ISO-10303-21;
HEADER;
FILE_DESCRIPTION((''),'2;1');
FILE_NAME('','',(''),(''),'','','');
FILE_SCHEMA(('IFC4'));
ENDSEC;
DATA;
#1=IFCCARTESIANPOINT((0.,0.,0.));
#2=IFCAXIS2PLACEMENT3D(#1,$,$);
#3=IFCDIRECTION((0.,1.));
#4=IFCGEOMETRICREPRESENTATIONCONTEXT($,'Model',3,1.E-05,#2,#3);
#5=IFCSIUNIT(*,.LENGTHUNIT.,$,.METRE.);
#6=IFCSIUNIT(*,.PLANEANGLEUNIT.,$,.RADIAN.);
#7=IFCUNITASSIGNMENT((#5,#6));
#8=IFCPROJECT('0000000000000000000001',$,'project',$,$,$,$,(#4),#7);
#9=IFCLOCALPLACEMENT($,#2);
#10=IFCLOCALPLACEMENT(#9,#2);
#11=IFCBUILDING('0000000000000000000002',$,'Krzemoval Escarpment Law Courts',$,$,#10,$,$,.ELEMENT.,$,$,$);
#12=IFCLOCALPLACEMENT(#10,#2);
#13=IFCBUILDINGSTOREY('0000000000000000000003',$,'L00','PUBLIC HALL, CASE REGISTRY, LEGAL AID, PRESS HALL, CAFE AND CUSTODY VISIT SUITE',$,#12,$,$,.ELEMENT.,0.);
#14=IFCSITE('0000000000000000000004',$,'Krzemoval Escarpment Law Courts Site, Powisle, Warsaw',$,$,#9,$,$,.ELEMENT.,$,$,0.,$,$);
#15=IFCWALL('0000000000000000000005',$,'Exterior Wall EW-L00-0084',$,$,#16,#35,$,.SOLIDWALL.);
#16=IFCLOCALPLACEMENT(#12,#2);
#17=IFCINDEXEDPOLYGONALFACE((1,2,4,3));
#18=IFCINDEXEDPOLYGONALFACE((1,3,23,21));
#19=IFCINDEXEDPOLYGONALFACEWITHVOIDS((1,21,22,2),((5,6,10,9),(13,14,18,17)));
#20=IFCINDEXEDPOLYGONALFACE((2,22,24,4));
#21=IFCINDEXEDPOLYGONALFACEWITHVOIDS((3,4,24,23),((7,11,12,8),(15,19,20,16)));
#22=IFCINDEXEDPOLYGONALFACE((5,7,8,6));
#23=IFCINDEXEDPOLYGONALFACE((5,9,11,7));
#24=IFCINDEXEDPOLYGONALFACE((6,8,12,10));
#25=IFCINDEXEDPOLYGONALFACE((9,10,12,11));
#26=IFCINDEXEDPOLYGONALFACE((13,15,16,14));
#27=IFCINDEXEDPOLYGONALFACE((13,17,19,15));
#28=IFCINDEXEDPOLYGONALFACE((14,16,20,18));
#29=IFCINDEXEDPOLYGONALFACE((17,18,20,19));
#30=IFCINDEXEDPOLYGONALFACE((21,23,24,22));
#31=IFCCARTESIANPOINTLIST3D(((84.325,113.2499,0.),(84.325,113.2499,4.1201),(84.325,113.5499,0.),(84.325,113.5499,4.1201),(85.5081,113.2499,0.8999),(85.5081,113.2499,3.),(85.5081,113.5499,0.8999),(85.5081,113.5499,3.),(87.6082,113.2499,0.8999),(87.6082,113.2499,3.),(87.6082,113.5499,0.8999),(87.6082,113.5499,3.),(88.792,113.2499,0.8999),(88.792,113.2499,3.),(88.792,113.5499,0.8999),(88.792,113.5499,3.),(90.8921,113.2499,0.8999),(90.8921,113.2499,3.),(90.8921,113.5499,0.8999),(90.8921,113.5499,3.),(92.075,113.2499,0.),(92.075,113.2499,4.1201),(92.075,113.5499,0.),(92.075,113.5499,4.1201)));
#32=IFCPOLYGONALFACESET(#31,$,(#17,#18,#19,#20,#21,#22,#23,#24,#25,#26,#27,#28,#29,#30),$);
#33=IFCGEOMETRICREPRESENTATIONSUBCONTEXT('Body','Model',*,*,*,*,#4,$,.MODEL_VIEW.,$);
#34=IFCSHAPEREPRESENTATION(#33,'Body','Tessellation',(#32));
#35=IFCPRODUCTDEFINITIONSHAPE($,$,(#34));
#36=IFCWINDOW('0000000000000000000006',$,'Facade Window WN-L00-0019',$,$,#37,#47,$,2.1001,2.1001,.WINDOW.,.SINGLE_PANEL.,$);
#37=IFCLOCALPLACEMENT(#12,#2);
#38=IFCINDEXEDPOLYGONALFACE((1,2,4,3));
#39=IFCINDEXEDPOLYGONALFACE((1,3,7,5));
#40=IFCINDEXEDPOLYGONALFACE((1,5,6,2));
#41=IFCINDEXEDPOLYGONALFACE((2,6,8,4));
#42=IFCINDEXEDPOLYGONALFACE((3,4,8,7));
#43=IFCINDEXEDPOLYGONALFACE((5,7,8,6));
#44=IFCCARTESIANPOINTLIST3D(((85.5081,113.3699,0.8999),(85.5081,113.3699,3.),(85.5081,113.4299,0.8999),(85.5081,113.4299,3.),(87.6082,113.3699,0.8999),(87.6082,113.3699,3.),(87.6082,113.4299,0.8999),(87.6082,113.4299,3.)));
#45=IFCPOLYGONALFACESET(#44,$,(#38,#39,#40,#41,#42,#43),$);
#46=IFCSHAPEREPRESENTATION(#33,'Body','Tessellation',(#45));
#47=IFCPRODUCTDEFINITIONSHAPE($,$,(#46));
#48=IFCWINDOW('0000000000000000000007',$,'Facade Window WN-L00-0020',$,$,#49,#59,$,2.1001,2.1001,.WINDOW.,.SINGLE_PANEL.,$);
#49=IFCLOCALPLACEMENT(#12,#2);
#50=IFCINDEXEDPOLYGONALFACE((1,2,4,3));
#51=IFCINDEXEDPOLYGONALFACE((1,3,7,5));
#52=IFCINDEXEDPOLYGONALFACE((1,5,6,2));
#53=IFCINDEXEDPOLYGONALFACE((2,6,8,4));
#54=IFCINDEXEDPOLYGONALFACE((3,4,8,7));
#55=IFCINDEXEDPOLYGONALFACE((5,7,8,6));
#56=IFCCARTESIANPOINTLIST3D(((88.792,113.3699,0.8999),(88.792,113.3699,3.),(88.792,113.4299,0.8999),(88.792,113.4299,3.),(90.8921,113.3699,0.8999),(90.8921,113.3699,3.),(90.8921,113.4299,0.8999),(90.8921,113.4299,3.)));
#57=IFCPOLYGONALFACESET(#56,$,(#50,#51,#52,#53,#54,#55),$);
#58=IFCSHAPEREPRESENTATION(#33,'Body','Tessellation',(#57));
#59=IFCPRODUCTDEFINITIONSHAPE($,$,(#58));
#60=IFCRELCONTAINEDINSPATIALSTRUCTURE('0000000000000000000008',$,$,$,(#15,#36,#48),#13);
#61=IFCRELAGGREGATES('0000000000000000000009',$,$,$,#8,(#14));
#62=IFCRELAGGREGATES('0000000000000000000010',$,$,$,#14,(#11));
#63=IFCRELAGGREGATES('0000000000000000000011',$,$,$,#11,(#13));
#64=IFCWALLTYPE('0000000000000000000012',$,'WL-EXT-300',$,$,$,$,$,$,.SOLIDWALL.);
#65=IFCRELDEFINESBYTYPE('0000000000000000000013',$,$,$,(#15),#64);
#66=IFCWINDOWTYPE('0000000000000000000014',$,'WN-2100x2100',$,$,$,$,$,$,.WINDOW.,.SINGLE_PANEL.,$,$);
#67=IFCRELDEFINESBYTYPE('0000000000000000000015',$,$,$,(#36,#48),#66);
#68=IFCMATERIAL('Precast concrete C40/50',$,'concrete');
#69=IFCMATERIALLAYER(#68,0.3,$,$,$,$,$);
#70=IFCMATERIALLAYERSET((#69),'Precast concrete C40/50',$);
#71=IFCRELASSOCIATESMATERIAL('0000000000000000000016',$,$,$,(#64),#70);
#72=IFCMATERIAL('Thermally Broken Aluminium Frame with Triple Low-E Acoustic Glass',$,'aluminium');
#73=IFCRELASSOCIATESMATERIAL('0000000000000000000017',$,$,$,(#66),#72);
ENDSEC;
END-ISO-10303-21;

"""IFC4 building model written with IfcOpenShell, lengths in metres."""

from ifc_helpers import new_model, si_unit, direction, frame, frame_2d, origin, place, context, subcontext, project, spatial, rectangle, extrude, material, layer, layer_set, type_object, element, fill, save


model = new_model("IFC4")

# Units and contexts
model_context = context("Model", 3, precision=1e-05, world=origin(), true_north=direction((0.0, 1.0)))
body_context = subcontext(model_context, "Body", "Model", "MODEL_VIEW")
ifc_project = project(units=[si_unit("LENGTHUNIT", "METRE"), si_unit("PLANEANGLEUNIT", "RADIAN")], contexts=[model_context])

# Site, building, storey
site_placement = place(None, origin())
site = spatial("IfcSite", under=ifc_project, at=site_placement, Name="Krzemoval Escarpment Law Courts Site, Powisle, Warsaw", CompositionType="ELEMENT", RefElevation=0.0)
building_placement = place(site_placement, origin())
building = spatial("IfcBuilding", under=site, at=building_placement, Name="Krzemoval Escarpment Law Courts", CompositionType="ELEMENT")
storey_placement = place(building_placement, origin())
storey = spatial("IfcBuildingStorey", under=building, at=storey_placement, Name="L00", Description="PUBLIC HALL, CASE REGISTRY, LEGAL AID, PRESS HALL, CAFE AND CUSTODY VISIT SUITE", CompositionType="ELEMENT", Elevation=0.0)

# Wall, openings, windows
ifc_material_1 = material(Name="Precast concrete C40/50", Category="concrete")
ifc_layer_1 = layer(ifc_material_1, 0.3)
ifc_layer_set_1 = layer_set([ifc_layer_1], Name="Precast concrete C40/50")
wall_type = type_object("IfcWallType", Name="WL-EXT-300", PredefinedType="SOLIDWALL", material=ifc_layer_set_1)
wall_placement = place(storey_placement, frame((84.325, 113.3999, 0.0), z_axis=(0.0, 0.0, 1.0), x_axis=(1.0, 0.0, 0.0)))
wall = element("IfcWall", 1, at=wall_placement, inside=storey, type_object=wall_type, Name="Exterior Wall EW-L00-0084", PredefinedType="SOLIDWALL", context=body_context, shape_type="SweptSolid", body=[
    extrude(rectangle(XDim=7.75, YDim=0.3, at=frame_2d((3.875, 0.0))), origin(), (0.0, 0.0, 1.0), 4.1201),
])
opening_1_placement = place(wall_placement, frame((1.1831, 0.0, 0.8999)))
opening_1 = element("IfcOpeningElement", 2, at=opening_1_placement, cuts=wall, PredefinedType="OPENING", context=body_context, shape_type="SweptSolid", body=[
    extrude(rectangle(XDim=2.1001, YDim=2.1001, at=frame_2d((1.05, 1.05))), frame((0.0, 0.165, 0.0), z_axis=(0.0, -1.0, 0.0), x_axis=(1.0, 0.0, 0.0)), (0.0, 0.0, 1.0), 0.3301),
])
opening_2_placement = place(wall_placement, frame((4.467, 0.0, 0.8999)))
opening_2 = element("IfcOpeningElement", 3, at=opening_2_placement, cuts=wall, PredefinedType="OPENING", context=body_context, shape_type="SweptSolid", body=[
    extrude(rectangle(XDim=2.1001, YDim=2.1001, at=frame_2d((1.05, 1.05))), frame((0.0, 0.165, 0.0), z_axis=(0.0, -1.0, 0.0), x_axis=(1.0, 0.0, 0.0)), (0.0, 0.0, 1.0), 0.3301),
])
ifc_material_2 = material(Name="Thermally Broken Aluminium Frame with Triple Low-E Acoustic Glass", Category="aluminium")
window_type = type_object("IfcWindowType", Name="WN-2100x2100", PartitioningType="SINGLE_PANEL", PredefinedType="WINDOW", material=ifc_material_2)
window_1_placement = place(opening_1_placement, origin())
window_1 = element("IfcWindow", 4, at=window_1_placement, inside=storey, type_object=window_type, Name="Facade Window WN-L00-0019", OverallHeight=2.1001, OverallWidth=2.1001, PartitioningType="SINGLE_PANEL", PredefinedType="WINDOW", context=body_context, shape_type="SweptSolid", body=[
    extrude(rectangle(XDim=2.1001, YDim=2.1001, at=frame_2d((1.05, 1.05))), frame((0.0, 0.03, 0.0), z_axis=(0.0, -1.0, 0.0), x_axis=(1.0, 0.0, 0.0)), (0.0, 0.0, 1.0), 0.0601),
])
fill(opening_1, window_1)
window_2_placement = place(opening_2_placement, origin())
window_2 = element("IfcWindow", 5, at=window_2_placement, inside=storey, type_object=window_type, Name="Facade Window WN-L00-0020", OverallHeight=2.1001, OverallWidth=2.1001, PartitioningType="SINGLE_PANEL", PredefinedType="WINDOW", context=body_context, shape_type="SweptSolid", body=[
    extrude(rectangle(XDim=2.1001, YDim=2.1001, at=frame_2d((1.05, 1.05))), frame((0.0, 0.03, 0.0), z_axis=(0.0, -1.0, 0.0), x_axis=(1.0, 0.0, 0.0)), (0.0, 0.0, 1.0), 0.0601),
])
fill(opening_2, window_2)

save(model, "model.ifc")
